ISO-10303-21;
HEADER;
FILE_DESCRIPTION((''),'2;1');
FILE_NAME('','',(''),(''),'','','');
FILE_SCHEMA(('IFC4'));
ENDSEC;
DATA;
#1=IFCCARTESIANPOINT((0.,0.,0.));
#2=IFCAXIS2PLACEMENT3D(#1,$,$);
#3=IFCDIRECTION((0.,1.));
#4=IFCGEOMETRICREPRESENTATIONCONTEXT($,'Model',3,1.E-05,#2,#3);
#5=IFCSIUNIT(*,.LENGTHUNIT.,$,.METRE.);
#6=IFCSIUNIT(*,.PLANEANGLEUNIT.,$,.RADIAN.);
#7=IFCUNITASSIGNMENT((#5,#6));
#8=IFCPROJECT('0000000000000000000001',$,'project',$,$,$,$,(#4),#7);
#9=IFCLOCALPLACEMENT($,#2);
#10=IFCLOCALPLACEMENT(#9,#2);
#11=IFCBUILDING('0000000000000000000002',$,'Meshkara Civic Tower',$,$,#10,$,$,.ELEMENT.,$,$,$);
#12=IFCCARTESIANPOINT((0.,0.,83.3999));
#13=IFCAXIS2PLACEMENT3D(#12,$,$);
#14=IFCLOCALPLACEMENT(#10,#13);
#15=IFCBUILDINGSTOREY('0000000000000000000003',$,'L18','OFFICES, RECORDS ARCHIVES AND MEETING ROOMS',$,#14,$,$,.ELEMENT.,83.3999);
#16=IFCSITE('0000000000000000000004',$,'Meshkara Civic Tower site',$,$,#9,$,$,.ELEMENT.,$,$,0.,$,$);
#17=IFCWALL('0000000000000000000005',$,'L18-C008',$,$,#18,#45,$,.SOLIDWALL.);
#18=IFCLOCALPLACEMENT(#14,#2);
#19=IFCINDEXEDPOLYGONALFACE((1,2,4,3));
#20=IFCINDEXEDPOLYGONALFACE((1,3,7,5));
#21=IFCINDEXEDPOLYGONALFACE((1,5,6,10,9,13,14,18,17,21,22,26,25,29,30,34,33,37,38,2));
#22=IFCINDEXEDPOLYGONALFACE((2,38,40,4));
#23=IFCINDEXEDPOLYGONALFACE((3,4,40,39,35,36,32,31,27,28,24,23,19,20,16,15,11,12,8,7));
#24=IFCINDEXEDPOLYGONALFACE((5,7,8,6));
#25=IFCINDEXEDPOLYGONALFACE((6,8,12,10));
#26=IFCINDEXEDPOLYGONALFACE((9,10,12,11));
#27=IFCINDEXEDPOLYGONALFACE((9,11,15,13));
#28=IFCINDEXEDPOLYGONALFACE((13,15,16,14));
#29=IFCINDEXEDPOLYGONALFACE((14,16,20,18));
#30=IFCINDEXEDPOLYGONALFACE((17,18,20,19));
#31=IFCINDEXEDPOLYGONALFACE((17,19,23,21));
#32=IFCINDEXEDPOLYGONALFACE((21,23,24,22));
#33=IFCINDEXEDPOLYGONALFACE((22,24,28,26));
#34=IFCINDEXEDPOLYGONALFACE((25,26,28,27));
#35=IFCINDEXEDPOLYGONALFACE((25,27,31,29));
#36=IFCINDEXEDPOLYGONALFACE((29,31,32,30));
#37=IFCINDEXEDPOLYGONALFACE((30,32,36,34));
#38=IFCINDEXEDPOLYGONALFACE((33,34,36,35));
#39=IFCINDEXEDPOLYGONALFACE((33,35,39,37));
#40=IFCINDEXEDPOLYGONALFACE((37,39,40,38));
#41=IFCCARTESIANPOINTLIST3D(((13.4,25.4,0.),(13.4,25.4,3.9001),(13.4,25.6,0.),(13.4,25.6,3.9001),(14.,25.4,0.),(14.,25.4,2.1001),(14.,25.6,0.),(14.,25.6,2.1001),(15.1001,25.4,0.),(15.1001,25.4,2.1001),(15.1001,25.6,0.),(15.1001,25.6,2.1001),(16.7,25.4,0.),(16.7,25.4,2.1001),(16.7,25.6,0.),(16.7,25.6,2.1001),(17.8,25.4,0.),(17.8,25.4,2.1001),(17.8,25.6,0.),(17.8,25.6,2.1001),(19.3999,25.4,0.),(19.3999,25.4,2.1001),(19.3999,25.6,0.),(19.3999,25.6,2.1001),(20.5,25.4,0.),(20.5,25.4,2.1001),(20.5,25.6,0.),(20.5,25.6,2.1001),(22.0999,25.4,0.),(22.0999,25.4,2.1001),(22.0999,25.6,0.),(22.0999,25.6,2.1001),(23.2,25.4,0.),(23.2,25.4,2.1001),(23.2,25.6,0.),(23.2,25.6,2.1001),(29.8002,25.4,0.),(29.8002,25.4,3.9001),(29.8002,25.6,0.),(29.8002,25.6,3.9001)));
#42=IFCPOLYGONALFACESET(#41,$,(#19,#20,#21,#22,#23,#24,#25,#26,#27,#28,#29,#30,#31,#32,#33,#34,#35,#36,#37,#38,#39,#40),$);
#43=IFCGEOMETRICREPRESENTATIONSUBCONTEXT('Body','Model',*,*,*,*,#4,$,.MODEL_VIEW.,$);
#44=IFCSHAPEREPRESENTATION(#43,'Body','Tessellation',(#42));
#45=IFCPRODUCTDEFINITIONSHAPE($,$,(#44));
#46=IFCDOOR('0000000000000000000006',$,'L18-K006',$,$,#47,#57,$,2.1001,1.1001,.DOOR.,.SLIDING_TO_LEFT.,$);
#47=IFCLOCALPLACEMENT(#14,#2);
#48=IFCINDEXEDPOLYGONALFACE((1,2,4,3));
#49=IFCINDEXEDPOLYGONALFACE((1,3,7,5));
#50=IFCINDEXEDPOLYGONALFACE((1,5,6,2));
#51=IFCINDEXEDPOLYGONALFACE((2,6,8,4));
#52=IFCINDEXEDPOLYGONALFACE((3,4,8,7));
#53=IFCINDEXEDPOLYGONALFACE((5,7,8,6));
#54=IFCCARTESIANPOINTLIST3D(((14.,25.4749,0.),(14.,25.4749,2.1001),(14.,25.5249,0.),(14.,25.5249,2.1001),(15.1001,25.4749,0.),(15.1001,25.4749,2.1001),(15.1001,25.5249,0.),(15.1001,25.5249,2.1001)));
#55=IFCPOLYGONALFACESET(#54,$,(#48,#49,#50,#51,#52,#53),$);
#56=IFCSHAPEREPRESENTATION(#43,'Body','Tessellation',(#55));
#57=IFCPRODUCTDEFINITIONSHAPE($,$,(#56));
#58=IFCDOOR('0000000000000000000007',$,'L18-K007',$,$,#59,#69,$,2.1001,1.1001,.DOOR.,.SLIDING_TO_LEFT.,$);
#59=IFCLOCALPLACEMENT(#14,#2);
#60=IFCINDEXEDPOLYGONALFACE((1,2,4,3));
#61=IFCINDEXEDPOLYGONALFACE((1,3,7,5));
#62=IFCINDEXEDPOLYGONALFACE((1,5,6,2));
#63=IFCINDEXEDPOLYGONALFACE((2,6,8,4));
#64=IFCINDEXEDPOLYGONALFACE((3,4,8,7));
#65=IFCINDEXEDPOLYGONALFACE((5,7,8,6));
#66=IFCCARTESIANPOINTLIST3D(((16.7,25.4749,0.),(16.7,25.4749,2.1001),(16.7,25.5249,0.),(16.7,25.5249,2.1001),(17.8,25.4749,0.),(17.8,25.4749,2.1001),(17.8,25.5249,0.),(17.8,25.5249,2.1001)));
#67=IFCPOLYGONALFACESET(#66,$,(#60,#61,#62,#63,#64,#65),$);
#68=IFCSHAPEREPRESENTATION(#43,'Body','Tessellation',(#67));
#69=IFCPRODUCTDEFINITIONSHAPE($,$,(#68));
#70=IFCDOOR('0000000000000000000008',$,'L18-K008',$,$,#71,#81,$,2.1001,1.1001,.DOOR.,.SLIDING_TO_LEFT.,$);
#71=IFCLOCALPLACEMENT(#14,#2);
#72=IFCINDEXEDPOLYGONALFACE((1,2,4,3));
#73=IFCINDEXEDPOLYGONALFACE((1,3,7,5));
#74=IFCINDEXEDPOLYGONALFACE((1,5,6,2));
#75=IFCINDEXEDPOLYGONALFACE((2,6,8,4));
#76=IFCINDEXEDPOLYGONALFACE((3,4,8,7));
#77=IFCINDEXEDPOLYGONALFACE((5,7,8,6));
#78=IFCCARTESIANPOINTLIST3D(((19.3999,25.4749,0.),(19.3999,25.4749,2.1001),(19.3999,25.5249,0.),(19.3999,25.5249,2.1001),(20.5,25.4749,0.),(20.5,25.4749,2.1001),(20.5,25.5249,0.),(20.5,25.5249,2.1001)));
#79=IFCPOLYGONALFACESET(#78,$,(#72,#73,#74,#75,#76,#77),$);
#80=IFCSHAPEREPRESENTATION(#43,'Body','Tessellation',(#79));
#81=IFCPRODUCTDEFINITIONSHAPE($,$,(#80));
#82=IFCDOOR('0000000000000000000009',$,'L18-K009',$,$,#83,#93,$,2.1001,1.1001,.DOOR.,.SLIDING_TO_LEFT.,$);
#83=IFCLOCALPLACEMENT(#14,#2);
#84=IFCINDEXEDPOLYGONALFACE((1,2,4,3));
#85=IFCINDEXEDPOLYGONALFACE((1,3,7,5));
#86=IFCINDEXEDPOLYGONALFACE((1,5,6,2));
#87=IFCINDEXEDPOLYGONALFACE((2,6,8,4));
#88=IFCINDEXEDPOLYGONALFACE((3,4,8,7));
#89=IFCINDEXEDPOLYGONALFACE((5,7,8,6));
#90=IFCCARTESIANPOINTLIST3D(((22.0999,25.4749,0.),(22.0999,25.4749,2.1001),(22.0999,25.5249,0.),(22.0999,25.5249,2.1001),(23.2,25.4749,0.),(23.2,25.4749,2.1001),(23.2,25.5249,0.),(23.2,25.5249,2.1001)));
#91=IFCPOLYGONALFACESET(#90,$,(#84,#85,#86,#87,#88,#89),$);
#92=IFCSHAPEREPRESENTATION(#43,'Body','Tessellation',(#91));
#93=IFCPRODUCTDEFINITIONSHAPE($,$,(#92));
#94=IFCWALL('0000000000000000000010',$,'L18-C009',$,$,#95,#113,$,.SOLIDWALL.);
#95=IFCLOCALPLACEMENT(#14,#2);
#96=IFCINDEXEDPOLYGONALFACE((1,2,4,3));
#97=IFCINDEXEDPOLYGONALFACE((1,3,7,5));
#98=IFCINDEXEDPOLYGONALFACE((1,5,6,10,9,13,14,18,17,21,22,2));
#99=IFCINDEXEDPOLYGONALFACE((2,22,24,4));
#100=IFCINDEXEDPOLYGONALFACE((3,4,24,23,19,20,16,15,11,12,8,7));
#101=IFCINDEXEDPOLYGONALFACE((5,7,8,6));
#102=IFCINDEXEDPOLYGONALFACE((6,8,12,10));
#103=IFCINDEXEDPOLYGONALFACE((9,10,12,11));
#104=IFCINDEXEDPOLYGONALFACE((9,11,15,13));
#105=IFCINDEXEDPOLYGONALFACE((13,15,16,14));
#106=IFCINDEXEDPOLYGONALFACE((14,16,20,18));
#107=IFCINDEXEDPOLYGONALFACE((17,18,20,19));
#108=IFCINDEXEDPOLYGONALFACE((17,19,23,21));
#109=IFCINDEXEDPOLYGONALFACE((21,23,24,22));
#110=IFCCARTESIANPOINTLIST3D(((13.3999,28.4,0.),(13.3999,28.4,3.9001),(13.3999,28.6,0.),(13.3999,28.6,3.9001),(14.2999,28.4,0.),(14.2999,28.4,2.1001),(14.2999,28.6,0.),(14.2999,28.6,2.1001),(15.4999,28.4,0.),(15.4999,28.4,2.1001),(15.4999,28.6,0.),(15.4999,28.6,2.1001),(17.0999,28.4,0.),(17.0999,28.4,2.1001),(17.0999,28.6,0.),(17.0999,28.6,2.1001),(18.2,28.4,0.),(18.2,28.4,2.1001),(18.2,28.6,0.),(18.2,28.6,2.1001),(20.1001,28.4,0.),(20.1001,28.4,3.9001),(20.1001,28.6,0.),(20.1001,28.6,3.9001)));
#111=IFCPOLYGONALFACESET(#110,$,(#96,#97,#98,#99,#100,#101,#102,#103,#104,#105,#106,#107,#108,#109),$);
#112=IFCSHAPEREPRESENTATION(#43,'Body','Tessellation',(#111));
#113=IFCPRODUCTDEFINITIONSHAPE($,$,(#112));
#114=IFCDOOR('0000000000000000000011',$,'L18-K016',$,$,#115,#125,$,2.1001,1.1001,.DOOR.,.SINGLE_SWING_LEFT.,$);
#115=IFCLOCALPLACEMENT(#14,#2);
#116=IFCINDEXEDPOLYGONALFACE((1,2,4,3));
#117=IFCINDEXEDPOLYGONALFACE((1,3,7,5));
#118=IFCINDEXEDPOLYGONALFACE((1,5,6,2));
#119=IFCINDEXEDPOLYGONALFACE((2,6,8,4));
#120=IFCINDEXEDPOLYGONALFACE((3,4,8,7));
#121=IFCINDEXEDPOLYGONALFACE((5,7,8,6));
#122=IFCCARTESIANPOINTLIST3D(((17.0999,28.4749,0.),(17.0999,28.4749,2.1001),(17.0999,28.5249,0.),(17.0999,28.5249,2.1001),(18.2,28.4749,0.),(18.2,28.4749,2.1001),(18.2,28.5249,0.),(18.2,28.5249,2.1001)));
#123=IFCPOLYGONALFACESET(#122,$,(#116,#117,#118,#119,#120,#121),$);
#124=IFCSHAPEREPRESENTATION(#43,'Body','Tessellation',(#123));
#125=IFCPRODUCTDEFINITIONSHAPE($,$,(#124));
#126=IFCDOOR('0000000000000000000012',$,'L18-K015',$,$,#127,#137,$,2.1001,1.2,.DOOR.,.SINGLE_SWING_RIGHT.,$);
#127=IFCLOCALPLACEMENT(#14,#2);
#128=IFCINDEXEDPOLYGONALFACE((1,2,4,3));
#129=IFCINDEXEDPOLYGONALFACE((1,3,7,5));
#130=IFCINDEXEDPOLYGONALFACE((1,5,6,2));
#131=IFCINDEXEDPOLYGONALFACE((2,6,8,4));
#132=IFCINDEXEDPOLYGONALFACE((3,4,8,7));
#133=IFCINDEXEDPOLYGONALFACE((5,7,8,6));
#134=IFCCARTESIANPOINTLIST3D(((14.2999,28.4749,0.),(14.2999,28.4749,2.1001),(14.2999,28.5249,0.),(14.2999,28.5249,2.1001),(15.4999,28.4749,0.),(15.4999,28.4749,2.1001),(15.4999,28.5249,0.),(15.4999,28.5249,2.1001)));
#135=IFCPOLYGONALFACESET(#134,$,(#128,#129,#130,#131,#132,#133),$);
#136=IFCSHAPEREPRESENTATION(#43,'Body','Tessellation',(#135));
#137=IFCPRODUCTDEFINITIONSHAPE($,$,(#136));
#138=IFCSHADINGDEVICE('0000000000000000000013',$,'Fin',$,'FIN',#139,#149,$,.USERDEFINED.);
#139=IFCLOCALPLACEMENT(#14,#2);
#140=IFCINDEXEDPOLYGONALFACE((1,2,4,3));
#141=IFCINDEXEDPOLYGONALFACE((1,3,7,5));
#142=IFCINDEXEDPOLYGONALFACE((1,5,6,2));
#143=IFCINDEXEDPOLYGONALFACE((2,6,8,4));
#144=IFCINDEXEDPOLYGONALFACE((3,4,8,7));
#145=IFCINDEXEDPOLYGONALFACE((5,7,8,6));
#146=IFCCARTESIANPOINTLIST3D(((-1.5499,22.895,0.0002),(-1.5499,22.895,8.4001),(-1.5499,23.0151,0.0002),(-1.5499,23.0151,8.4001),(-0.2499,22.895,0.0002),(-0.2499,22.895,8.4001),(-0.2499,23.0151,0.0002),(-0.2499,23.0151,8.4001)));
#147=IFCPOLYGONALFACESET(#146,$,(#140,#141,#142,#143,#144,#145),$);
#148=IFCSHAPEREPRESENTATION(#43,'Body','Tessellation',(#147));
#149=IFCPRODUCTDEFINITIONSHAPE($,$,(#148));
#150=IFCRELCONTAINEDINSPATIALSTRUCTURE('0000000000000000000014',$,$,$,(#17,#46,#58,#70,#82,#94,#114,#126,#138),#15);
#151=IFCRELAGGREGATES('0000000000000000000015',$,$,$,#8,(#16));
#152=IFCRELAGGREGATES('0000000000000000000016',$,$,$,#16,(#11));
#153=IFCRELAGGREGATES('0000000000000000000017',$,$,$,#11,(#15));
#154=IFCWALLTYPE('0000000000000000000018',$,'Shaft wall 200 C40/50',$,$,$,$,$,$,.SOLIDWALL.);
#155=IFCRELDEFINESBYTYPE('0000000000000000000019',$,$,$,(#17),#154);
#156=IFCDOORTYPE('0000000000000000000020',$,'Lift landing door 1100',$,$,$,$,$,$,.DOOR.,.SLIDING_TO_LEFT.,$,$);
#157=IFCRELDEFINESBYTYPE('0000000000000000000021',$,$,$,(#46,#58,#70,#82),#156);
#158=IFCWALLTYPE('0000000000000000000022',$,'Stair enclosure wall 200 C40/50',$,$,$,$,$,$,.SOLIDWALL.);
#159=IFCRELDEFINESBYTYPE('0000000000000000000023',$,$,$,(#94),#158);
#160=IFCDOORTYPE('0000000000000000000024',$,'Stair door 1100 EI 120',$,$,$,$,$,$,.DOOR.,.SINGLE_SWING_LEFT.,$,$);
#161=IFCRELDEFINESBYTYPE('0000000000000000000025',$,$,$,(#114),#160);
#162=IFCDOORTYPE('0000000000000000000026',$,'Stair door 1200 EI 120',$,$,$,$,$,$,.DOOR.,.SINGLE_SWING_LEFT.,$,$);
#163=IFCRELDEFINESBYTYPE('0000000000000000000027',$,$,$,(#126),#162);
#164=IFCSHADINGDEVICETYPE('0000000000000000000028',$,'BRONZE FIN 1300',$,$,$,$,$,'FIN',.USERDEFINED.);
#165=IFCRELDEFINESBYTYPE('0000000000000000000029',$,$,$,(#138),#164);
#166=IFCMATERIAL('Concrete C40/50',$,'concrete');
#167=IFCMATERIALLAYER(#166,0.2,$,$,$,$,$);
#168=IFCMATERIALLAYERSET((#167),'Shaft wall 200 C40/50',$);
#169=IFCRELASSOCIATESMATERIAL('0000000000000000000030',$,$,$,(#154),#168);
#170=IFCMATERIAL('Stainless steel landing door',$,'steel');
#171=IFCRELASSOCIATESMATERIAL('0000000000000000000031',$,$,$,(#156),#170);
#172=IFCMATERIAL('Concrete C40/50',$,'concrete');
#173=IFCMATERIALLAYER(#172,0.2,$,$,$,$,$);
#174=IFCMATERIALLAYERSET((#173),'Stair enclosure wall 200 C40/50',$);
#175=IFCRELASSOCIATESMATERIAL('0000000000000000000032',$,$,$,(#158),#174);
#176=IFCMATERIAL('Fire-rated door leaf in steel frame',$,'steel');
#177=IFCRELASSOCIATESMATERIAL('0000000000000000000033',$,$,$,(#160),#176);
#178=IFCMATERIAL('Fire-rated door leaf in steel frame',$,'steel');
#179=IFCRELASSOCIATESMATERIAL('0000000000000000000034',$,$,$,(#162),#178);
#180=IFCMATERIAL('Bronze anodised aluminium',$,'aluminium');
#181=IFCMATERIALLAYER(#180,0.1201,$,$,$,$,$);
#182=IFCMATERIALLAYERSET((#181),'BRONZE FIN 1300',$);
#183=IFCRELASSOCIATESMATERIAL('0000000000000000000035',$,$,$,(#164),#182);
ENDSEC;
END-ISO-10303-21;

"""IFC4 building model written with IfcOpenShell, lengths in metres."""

from ifc_helpers import new_model, si_unit, direction, frame, frame_2d, origin, origin_2d, place, context, subcontext, project, spatial, rectangle, extrude, material, layer, layer_set, type_object, element, fill, save


model = new_model("IFC4")

# Units and contexts
model_context = context("Model", 3, precision=1e-05, world=origin(), true_north=direction((0.0, 1.0)))
body_context = subcontext(model_context, "Body", "Model", "MODEL_VIEW")
ifc_project = project(units=[si_unit("LENGTHUNIT", "METRE"), si_unit("PLANEANGLEUNIT", "RADIAN")], contexts=[model_context])

# Site, building, storey
site_placement = place(None, origin())
site = spatial("IfcSite", under=ifc_project, at=site_placement, Name="Meshkara Civic Tower site", CompositionType="ELEMENT", RefElevation=0.0)
building_placement = place(site_placement, origin())
building = spatial("IfcBuilding", under=site, at=building_placement, Name="Meshkara Civic Tower", CompositionType="ELEMENT")
storey_placement = place(building_placement, frame((0.0, 0.0, 83.3999)))
storey = spatial("IfcBuildingStorey", under=building, at=storey_placement, Name="L18", Description="OFFICES, RECORDS ARCHIVES AND MEETING ROOMS", CompositionType="ELEMENT", Elevation=83.3999)

# Walls, openings, doors
ifc_material_1 = material(Name="Concrete C40/50", Category="concrete")
ifc_layer_1 = layer(ifc_material_1, 0.2)
ifc_layer_set_1 = layer_set([ifc_layer_1], Name="Shaft wall 200 C40/50")
wall_type_1 = type_object("IfcWallType", Name="Shaft wall 200 C40/50", PredefinedType="SOLIDWALL", material=ifc_layer_set_1)
wall_1_placement = place(storey_placement, frame((13.3999, 25.5, 0.0), z_axis=(0.0, 0.0, 1.0), x_axis=(1.0, 0.0, 0.0)))
wall_1 = element("IfcWall", 1, at=wall_1_placement, inside=storey, type_object=wall_type_1, Name="L18-C008", PredefinedType="SOLIDWALL", context=body_context, shape_type="SweptSolid", body=[
    extrude(rectangle(XDim=16.4001, YDim=0.2, at=frame_2d((8.2002, 0.0))), origin(), (0.0, 0.0, 1.0), 3.9001),
])
opening_1_placement = place(wall_1_placement, frame((0.6001, 0.0, 0.0)))
opening_1 = element("IfcOpeningElement", 2, at=opening_1_placement, cuts=wall_1, PredefinedType="OPENING", context=body_context, shape_type="SweptSolid", body=[
    extrude(rectangle(XDim=1.1001, YDim=2.1001, at=frame_2d((0.55, 1.05))), frame((0.0, 0.1099, 0.0), z_axis=(0.0, -1.0, 0.0), x_axis=(1.0, 0.0, 0.0)), (0.0, 0.0, 1.0), 0.22),
])
opening_2_placement = place(wall_1_placement, frame((3.3, 0.0, 0.0)))
opening_2 = element("IfcOpeningElement", 3, at=opening_2_placement, cuts=wall_1, PredefinedType="OPENING", context=body_context, shape_type="SweptSolid", body=[
    extrude(rectangle(XDim=1.1001, YDim=2.1001, at=frame_2d((0.55, 1.05))), frame((0.0, 0.1099, 0.0), z_axis=(0.0, -1.0, 0.0), x_axis=(1.0, 0.0, 0.0)), (0.0, 0.0, 1.0), 0.22),
])
opening_3_placement = place(wall_1_placement, frame((6.0, 0.0, 0.0)))
opening_3 = element("IfcOpeningElement", 4, at=opening_3_placement, cuts=wall_1, PredefinedType="OPENING", context=body_context, shape_type="SweptSolid", body=[
    extrude(rectangle(XDim=1.1001, YDim=2.1001, at=frame_2d((0.55, 1.05))), frame((0.0, 0.1099, 0.0), z_axis=(0.0, -1.0, 0.0), x_axis=(1.0, 0.0, 0.0)), (0.0, 0.0, 1.0), 0.22),
])
opening_4_placement = place(wall_1_placement, frame((8.7, 0.0, 0.0)))
opening_4 = element("IfcOpeningElement", 5, at=opening_4_placement, cuts=wall_1, PredefinedType="OPENING", context=body_context, shape_type="SweptSolid", body=[
    extrude(rectangle(XDim=1.1001, YDim=2.1001, at=frame_2d((0.55, 1.05))), frame((0.0, 0.1099, 0.0), z_axis=(0.0, -1.0, 0.0), x_axis=(1.0, 0.0, 0.0)), (0.0, 0.0, 1.0), 0.22),
])
ifc_material_2 = material(Name="Stainless steel landing door", Category="steel")
door_type_1 = type_object("IfcDoorType", Name="Lift landing door 1100", OperationType="SLIDING_TO_LEFT", PredefinedType="DOOR", material=ifc_material_2)
door_1_placement = place(opening_1_placement, origin())
door_1 = element("IfcDoor", 6, at=door_1_placement, inside=storey, type_object=door_type_1, Name="L18-K006", OperationType="SLIDING_TO_LEFT", OverallHeight=2.1001, OverallWidth=1.1001, PredefinedType="DOOR", context=body_context, shape_type="SweptSolid", body=[
    extrude(rectangle(XDim=1.1001, YDim=2.1001, at=frame_2d((0.55, 1.05))), frame((0.0, 0.0249, 0.0), z_axis=(0.0, -1.0, 0.0), x_axis=(1.0, 0.0, 0.0)), (0.0, 0.0, 1.0), 0.05),
])
fill(opening_1, door_1)
door_2_placement = place(opening_2_placement, origin())
door_2 = element("IfcDoor", 7, at=door_2_placement, inside=storey, type_object=door_type_1, Name="L18-K007", OperationType="SLIDING_TO_LEFT", OverallHeight=2.1001, OverallWidth=1.1001, PredefinedType="DOOR", context=body_context, shape_type="SweptSolid", body=[
    extrude(rectangle(XDim=1.1001, YDim=2.1001, at=frame_2d((0.55, 1.05))), frame((0.0, 0.0249, 0.0), z_axis=(0.0, -1.0, 0.0), x_axis=(1.0, 0.0, 0.0)), (0.0, 0.0, 1.0), 0.05),
])
fill(opening_2, door_2)
door_3_placement = place(opening_3_placement, origin())
door_3 = element("IfcDoor", 8, at=door_3_placement, inside=storey, type_object=door_type_1, Name="L18-K008", OperationType="SLIDING_TO_LEFT", OverallHeight=2.1001, OverallWidth=1.1001, PredefinedType="DOOR", context=body_context, shape_type="SweptSolid", body=[
    extrude(rectangle(XDim=1.1001, YDim=2.1001, at=frame_2d((0.55, 1.05))), frame((0.0, 0.0249, 0.0), z_axis=(0.0, -1.0, 0.0), x_axis=(1.0, 0.0, 0.0)), (0.0, 0.0, 1.0), 0.05),
])
fill(opening_3, door_3)
door_4_placement = place(opening_4_placement, origin())
door_4 = element("IfcDoor", 9, at=door_4_placement, inside=storey, type_object=door_type_1, Name="L18-K009", OperationType="SLIDING_TO_LEFT", OverallHeight=2.1001, OverallWidth=1.1001, PredefinedType="DOOR", context=body_context, shape_type="SweptSolid", body=[
    extrude(rectangle(XDim=1.1001, YDim=2.1001, at=frame_2d((0.55, 1.05))), frame((0.0, 0.0249, 0.0), z_axis=(0.0, -1.0, 0.0), x_axis=(1.0, 0.0, 0.0)), (0.0, 0.0, 1.0), 0.05),
])
fill(opening_4, door_4)
ifc_material_3 = material(Name="Concrete C40/50", Category="concrete")
ifc_layer_2 = layer(ifc_material_3, 0.2)
ifc_layer_set_2 = layer_set([ifc_layer_2], Name="Stair enclosure wall 200 C40/50")
wall_type_2 = type_object("IfcWallType", Name="Stair enclosure wall 200 C40/50", PredefinedType="SOLIDWALL", material=ifc_layer_set_2)
wall_2_placement = place(storey_placement, frame((13.3999, 28.5, 0.0), z_axis=(0.0, 0.0, 1.0), x_axis=(1.0, 0.0, 0.0)))
wall_2 = element("IfcWall", 10, at=wall_2_placement, inside=storey, type_object=wall_type_2, Name="L18-C009", PredefinedType="SOLIDWALL", context=body_context, shape_type="SweptSolid", body=[
    extrude(rectangle(XDim=6.7002, YDim=0.2, at=frame_2d((3.3501, 0.0))), origin(), (0.0, 0.0, 1.0), 3.9001),
])
opening_5_placement = place(wall_2_placement, frame((0.8999, 0.0, 0.0)))
opening_5 = element("IfcOpeningElement", 11, at=opening_5_placement, cuts=wall_2, PredefinedType="OPENING", context=body_context, shape_type="SweptSolid", body=[
    extrude(rectangle(XDim=1.2, YDim=2.1001, at=frame_2d((0.6001, 1.05))), frame((0.0, 0.1099, 0.0), z_axis=(0.0, -1.0, 0.0), x_axis=(1.0, 0.0, 0.0)), (0.0, 0.0, 1.0), 0.22),
])
opening_6_placement = place(wall_2_placement, frame((3.7, 0.0, 0.0)))
opening_6 = element("IfcOpeningElement", 12, at=opening_6_placement, cuts=wall_2, PredefinedType="OPENING", context=body_context, shape_type="SweptSolid", body=[
    extrude(rectangle(XDim=1.1001, YDim=2.1001, at=frame_2d((0.55, 1.05))), frame((0.0, 0.1099, 0.0), z_axis=(0.0, -1.0, 0.0), x_axis=(1.0, 0.0, 0.0)), (0.0, 0.0, 1.0), 0.22),
])
ifc_material_4 = material(Name="Fire-rated door leaf in steel frame", Category="steel")
door_type_2 = type_object("IfcDoorType", Name="Stair door 1100 EI 120", OperationType="SINGLE_SWING_LEFT", PredefinedType="DOOR", material=ifc_material_4)
door_5_placement = place(opening_6_placement, origin())
door_5 = element("IfcDoor", 13, at=door_5_placement, inside=storey, type_object=door_type_2, Name="L18-K016", OperationType="SINGLE_SWING_LEFT", OverallHeight=2.1001, OverallWidth=1.1001, PredefinedType="DOOR", context=body_context, shape_type="SweptSolid", body=[
    extrude(rectangle(XDim=1.1001, YDim=2.1001, at=frame_2d((0.55, 1.05))), frame((0.0, 0.0249, 0.0), z_axis=(0.0, -1.0, 0.0), x_axis=(1.0, 0.0, 0.0)), (0.0, 0.0, 1.0), 0.05),
])
fill(opening_6, door_5)
ifc_material_5 = material(Name="Fire-rated door leaf in steel frame", Category="steel")
door_type_3 = type_object("IfcDoorType", Name="Stair door 1200 EI 120", OperationType="SINGLE_SWING_LEFT", PredefinedType="DOOR", material=ifc_material_5)
door_6_placement = place(opening_5_placement, origin())
door_6 = element("IfcDoor", 14, at=door_6_placement, inside=storey, type_object=door_type_3, Name="L18-K015", OperationType="SINGLE_SWING_RIGHT", OverallHeight=2.1001, OverallWidth=1.2, PredefinedType="DOOR", context=body_context, shape_type="SweptSolid", body=[
    extrude(rectangle(XDim=1.2, YDim=2.1001, at=frame_2d((0.6001, 1.05))), frame((0.0, 0.0249, 0.0), z_axis=(0.0, -1.0, 0.0), x_axis=(1.0, 0.0, 0.0)), (0.0, 0.0, 1.0), 0.05),
])
fill(opening_5, door_6)

# Shading device
ifc_material_6 = material(Name="Bronze anodised aluminium", Category="aluminium")
ifc_layer_3 = layer(ifc_material_6, 0.1201)
ifc_layer_set_3 = layer_set([ifc_layer_3], Name="BRONZE FIN 1300")
shading_device_type_1 = type_object("IfcShadingDeviceType", Name="BRONZE FIN 1300", ElementType="FIN", PredefinedType="USERDEFINED", material=ifc_layer_set_3)
shading_device_1_placement = place(storey_placement, frame((-0.8999, 22.9551, 0.0002), z_axis=(0.0, 0.0, 1.0), x_axis=(0.0, -1.0, 0.0)))
element("IfcShadingDevice", 15, at=shading_device_1_placement, inside=storey, type_object=shading_device_type_1, Name="Fin", ObjectType="FIN", PredefinedType="USERDEFINED", context=body_context, shape_type="SweptSolid", body=[
    extrude(rectangle(XDim=0.1201, YDim=1.3, at=origin_2d()), origin(), (0.0, 0.0, 1.0), 8.3999),
])

save(model, "model.ifc")
